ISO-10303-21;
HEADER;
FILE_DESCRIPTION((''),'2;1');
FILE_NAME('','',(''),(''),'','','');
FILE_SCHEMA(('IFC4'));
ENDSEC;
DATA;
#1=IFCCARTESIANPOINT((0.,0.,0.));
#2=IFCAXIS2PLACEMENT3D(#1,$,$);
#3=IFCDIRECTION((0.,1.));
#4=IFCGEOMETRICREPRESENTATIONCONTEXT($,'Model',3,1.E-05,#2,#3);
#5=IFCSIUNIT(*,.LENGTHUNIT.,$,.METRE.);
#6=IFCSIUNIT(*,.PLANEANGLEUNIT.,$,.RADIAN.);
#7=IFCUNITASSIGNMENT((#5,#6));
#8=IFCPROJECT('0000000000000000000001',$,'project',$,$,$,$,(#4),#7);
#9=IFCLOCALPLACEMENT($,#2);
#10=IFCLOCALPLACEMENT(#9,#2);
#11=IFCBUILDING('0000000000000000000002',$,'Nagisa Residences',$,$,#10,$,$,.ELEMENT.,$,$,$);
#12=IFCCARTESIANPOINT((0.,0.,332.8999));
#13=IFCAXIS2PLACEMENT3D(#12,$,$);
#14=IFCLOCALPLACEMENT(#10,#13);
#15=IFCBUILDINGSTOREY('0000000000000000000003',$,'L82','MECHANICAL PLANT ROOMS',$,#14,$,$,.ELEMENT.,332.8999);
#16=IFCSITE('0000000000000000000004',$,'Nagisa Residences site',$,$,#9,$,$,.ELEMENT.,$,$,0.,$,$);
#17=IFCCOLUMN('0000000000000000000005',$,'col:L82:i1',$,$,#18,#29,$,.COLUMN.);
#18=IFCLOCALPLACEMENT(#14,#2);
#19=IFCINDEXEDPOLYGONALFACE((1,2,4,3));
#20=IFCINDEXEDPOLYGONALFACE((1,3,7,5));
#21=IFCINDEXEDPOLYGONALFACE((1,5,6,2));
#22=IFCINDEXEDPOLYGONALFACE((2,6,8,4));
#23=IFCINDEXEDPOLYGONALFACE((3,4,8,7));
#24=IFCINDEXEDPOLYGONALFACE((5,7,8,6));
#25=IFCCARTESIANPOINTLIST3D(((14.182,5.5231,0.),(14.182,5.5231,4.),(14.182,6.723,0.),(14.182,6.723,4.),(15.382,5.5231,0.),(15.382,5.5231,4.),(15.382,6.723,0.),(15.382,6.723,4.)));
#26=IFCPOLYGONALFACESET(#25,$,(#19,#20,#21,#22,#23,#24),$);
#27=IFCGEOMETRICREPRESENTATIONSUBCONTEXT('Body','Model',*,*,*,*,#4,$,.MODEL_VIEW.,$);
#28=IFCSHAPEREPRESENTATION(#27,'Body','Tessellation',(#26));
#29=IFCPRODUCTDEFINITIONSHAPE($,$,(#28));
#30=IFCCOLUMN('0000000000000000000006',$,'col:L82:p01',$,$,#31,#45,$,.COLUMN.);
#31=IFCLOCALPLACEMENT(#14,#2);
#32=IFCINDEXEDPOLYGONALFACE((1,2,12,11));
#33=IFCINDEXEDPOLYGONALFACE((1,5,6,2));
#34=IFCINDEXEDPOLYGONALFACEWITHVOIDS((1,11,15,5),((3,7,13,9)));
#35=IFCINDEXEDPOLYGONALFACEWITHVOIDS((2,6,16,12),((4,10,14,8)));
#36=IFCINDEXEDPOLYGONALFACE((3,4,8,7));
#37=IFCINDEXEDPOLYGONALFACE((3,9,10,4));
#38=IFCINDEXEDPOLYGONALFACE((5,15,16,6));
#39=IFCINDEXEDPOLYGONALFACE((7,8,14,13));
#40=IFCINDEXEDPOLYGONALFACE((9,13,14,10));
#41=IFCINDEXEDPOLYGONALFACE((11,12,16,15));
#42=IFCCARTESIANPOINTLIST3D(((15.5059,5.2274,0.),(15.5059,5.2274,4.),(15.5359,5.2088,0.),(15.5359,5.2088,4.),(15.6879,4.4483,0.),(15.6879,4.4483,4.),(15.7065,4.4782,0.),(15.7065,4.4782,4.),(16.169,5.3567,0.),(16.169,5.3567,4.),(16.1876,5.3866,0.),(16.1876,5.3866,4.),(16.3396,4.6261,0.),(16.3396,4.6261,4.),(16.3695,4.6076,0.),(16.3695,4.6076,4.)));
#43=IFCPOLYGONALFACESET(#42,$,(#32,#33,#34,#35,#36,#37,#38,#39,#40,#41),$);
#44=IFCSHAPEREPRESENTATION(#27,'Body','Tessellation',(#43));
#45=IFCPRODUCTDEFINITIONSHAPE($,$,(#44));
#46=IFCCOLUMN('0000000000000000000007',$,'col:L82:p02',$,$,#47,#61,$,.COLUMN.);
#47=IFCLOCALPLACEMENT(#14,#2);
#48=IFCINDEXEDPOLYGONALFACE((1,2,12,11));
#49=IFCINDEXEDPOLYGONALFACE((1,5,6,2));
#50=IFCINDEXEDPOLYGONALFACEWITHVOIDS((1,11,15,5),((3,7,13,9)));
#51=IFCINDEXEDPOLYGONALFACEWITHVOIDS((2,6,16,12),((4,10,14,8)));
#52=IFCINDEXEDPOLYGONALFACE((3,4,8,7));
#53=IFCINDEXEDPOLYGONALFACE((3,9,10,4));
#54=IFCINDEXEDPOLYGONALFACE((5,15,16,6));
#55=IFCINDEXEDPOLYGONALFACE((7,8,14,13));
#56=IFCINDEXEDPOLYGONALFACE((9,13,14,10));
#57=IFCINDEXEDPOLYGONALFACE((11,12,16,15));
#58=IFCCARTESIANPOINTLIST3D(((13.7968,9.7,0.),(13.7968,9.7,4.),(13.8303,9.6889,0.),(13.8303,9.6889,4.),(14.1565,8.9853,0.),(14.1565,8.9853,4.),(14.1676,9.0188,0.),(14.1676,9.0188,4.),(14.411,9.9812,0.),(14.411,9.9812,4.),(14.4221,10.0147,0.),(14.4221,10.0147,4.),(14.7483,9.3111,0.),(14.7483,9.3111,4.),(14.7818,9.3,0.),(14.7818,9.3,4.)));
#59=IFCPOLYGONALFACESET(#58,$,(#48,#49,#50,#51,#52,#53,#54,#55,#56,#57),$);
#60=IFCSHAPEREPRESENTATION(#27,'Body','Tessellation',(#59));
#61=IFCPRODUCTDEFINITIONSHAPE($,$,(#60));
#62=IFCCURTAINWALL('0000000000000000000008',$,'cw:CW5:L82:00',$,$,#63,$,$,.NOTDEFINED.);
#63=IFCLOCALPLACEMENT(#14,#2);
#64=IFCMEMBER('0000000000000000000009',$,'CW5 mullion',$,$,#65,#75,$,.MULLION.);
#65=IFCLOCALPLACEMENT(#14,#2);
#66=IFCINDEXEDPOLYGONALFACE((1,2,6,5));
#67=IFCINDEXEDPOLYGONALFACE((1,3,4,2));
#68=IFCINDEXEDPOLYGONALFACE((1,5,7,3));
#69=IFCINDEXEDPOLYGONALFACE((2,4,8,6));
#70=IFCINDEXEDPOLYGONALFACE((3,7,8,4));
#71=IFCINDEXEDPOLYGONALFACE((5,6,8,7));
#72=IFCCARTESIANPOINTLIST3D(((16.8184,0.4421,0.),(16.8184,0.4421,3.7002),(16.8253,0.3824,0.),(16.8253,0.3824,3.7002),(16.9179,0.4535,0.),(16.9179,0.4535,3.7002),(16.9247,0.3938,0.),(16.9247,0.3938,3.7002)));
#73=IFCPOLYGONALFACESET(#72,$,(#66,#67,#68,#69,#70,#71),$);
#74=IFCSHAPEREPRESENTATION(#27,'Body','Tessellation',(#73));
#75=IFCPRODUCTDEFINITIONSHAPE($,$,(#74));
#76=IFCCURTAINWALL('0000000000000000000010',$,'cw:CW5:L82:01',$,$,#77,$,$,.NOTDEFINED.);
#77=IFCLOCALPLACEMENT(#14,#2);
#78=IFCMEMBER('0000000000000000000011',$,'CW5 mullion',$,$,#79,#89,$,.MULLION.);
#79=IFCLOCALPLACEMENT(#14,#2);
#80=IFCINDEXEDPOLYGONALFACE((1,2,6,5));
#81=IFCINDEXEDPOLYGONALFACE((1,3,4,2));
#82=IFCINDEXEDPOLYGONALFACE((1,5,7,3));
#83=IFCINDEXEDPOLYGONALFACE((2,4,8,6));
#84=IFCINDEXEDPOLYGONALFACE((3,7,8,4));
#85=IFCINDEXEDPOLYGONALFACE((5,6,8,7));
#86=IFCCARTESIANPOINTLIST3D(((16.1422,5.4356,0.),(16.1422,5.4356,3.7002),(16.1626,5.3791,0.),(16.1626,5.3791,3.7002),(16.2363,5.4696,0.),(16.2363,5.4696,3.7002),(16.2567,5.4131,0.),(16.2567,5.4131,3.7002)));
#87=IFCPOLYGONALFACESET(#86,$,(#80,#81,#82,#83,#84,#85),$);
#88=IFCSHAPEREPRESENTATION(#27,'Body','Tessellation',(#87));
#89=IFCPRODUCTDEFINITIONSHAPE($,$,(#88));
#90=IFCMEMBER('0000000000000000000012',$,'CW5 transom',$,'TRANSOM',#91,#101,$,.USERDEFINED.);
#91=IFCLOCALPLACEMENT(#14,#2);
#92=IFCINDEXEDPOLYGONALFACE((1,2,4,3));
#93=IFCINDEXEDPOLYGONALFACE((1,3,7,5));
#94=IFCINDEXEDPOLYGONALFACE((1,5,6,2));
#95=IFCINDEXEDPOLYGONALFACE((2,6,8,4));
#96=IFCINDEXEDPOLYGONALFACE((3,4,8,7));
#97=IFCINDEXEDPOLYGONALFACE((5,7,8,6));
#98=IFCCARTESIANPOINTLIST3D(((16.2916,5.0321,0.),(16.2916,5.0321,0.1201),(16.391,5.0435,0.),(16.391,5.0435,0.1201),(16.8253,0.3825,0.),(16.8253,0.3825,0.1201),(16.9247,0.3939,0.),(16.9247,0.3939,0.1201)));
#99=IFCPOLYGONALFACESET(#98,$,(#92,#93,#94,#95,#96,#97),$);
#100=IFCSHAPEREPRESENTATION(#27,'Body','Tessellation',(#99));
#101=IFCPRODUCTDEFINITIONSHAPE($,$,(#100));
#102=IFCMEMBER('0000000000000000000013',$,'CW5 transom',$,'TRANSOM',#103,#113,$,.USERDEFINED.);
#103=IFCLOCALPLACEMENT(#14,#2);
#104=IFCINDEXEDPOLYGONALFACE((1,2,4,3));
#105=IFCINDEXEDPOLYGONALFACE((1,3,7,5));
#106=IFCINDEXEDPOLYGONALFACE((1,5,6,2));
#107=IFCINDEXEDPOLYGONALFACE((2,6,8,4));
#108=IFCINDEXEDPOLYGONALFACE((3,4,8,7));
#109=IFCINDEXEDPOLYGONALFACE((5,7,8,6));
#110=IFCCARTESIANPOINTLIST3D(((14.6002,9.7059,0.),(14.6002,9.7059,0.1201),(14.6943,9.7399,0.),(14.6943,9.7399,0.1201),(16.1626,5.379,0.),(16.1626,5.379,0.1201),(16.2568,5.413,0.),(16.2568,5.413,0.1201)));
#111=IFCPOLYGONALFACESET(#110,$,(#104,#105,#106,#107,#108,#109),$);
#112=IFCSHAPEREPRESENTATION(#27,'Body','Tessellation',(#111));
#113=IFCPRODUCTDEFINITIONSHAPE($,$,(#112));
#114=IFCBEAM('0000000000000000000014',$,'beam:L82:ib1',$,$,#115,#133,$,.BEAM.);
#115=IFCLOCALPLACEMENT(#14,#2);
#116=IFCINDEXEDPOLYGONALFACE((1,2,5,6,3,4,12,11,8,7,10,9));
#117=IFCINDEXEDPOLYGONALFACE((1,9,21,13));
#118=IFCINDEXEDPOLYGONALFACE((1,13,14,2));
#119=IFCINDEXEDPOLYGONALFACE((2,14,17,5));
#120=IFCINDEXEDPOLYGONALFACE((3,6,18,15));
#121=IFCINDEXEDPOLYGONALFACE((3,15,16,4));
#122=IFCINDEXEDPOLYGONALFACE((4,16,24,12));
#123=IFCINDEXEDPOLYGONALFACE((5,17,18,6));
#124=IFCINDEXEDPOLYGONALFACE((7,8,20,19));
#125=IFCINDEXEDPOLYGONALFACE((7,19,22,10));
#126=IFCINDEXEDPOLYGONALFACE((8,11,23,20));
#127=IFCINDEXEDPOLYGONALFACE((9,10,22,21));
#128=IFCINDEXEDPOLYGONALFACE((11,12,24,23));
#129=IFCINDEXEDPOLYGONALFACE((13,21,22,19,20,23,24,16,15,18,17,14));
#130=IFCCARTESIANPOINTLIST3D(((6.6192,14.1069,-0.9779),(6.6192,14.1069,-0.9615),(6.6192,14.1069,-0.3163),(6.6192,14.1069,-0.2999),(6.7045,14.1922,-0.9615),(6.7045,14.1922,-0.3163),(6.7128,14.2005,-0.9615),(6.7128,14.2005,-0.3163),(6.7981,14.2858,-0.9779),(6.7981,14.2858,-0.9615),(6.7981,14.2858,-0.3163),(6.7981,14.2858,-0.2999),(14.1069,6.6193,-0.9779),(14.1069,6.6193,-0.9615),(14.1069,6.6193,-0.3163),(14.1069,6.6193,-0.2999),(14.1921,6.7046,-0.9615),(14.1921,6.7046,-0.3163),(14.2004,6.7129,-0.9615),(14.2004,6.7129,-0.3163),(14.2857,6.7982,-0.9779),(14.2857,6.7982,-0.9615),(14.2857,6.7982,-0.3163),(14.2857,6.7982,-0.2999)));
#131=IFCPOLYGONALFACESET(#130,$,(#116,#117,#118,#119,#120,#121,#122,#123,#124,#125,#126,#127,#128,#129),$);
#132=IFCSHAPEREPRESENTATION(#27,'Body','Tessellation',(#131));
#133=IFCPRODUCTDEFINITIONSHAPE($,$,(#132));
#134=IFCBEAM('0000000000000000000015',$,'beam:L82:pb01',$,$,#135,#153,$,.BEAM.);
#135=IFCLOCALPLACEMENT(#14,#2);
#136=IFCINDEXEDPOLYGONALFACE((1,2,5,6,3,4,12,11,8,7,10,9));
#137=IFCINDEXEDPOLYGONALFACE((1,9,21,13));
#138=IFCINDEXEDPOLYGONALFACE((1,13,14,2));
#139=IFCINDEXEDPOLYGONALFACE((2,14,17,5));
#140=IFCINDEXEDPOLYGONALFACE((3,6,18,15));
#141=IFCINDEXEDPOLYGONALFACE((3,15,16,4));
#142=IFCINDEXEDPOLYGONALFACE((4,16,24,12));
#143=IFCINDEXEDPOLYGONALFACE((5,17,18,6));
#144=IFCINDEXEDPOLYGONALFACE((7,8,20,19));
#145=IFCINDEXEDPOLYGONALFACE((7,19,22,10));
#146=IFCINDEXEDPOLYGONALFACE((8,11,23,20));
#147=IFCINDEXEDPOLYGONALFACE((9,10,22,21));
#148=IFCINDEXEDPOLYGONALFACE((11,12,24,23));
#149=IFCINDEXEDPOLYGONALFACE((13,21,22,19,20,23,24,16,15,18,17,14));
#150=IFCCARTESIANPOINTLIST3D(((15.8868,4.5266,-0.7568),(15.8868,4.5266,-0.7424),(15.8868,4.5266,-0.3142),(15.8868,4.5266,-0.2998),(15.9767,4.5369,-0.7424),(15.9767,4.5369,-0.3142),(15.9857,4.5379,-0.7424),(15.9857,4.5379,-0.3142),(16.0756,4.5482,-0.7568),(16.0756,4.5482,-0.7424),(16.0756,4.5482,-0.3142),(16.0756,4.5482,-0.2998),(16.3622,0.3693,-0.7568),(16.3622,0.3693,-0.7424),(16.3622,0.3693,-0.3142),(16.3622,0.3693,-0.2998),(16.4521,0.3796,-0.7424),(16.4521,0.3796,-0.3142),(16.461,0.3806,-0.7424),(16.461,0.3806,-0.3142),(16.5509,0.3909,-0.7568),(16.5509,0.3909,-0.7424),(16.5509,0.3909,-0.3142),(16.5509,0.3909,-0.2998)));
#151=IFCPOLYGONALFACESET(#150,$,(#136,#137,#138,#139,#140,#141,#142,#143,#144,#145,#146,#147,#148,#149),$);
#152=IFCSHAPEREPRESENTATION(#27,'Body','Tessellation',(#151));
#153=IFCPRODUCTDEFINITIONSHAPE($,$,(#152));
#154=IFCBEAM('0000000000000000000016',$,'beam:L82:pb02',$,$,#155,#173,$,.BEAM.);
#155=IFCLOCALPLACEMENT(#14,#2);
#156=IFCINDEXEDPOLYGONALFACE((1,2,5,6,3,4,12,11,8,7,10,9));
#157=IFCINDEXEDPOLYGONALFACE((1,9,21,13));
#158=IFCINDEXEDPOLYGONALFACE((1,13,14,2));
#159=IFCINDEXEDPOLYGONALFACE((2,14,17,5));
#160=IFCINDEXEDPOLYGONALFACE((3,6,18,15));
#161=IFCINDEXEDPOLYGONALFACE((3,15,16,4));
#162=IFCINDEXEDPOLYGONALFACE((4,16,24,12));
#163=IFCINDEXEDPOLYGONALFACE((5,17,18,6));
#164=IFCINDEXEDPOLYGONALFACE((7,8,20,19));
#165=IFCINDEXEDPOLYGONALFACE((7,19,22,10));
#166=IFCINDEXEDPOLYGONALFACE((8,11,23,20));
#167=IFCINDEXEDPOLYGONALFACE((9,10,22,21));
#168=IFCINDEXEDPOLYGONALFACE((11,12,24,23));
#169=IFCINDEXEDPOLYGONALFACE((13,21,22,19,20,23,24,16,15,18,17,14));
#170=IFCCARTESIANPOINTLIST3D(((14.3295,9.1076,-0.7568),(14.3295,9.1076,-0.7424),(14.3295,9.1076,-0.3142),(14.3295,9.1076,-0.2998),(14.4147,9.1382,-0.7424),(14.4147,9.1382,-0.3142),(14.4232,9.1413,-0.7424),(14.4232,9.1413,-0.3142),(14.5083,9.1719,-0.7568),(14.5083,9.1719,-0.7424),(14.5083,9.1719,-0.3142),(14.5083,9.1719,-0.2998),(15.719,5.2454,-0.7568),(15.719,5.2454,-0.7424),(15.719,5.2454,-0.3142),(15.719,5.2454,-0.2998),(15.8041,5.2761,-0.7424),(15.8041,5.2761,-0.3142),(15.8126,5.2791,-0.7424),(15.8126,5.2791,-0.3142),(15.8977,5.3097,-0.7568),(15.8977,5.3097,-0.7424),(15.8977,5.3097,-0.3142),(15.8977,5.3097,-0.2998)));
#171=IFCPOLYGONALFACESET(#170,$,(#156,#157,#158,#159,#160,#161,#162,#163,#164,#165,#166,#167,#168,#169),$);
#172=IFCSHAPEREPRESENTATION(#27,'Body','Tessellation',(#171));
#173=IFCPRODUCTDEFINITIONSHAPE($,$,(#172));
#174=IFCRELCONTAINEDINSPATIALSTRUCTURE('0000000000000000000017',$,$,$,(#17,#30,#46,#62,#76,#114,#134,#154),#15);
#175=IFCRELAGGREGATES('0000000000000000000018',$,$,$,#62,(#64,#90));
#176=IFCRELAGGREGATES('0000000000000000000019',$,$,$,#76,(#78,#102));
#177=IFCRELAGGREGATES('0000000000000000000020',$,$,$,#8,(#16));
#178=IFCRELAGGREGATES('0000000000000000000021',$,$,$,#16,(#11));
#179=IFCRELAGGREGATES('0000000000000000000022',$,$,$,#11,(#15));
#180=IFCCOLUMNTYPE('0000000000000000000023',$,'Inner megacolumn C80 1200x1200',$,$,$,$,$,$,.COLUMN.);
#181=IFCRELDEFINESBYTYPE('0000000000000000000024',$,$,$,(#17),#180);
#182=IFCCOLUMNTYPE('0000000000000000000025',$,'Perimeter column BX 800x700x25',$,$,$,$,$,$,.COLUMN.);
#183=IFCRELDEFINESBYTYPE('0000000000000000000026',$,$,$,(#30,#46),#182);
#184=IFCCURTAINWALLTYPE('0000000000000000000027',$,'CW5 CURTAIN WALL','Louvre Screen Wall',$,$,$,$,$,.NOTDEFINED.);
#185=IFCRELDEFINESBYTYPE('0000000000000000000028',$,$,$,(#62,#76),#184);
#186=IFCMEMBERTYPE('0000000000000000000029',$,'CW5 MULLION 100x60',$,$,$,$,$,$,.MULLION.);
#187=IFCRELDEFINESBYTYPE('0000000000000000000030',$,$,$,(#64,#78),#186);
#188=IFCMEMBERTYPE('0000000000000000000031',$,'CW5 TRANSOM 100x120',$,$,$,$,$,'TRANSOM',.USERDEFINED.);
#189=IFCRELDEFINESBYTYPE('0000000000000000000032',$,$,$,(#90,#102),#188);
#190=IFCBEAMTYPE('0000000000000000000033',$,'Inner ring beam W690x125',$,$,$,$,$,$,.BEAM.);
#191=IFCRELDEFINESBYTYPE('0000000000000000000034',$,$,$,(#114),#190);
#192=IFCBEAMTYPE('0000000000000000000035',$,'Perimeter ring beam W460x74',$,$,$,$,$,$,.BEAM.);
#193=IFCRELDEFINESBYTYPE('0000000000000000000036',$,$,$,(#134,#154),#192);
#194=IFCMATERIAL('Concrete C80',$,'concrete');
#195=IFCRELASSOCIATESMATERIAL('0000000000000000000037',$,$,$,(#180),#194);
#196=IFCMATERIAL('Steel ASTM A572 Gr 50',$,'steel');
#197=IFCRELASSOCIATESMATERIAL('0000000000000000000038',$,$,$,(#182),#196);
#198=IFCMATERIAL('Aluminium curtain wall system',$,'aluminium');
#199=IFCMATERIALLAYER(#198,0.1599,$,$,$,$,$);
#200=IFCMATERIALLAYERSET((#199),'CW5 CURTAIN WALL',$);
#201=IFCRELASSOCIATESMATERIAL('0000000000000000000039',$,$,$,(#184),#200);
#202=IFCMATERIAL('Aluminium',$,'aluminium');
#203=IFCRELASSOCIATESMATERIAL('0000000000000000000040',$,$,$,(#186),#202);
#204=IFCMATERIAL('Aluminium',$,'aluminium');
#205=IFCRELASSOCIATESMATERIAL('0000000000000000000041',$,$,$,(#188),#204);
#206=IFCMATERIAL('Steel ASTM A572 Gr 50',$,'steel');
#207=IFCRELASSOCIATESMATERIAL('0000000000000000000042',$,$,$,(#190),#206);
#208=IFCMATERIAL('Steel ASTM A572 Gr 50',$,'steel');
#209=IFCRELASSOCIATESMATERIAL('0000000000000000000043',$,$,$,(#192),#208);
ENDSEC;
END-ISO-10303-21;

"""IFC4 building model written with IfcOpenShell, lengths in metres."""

from ifc_helpers import new_model, si_unit, direction, frame, origin, origin_2d, place, context, subcontext, project, spatial, rectangle, hollow_rectangle, i_section, extrude, material, layer, layer_set, material_profile, profile_set, type_object, element, aggregate, save


model = new_model("IFC4")

# Units and contexts
model_context = context("Model", 3, precision=1e-05, world=origin(), true_north=direction((0.0, 1.0)))
body_context = subcontext(model_context, "Body", "Model", "MODEL_VIEW")
ifc_project = project(units=[si_unit("LENGTHUNIT", "METRE"), si_unit("PLANEANGLEUNIT", "RADIAN")], contexts=[model_context])

# Site, building, storey
site_placement = place(None, origin())
site = spatial("IfcSite", under=ifc_project, at=site_placement, Name="Nagisa Residences site", CompositionType="ELEMENT", RefElevation=0.0)
building_placement = place(site_placement, origin())
building = spatial("IfcBuilding", under=site, at=building_placement, Name="Nagisa Residences", CompositionType="ELEMENT")
storey_placement = place(building_placement, frame((0.0, 0.0, 332.8999)))
storey = spatial("IfcBuildingStorey", under=building, at=storey_placement, Name="L82", Description="MECHANICAL PLANT ROOMS", CompositionType="ELEMENT", Elevation=332.8999)

# Columns
ifc_material_1 = material(Name="Concrete C80", Category="concrete")
ifc_material_profile_1 = material_profile(ifc_material_1, rectangle(XDim=1.2, YDim=1.2, at=origin_2d()), Name="C80 1200x1200")
ifc_profile_set_1 = profile_set([ifc_material_profile_1], Name="Concrete C80")
column_type_1 = type_object("IfcColumnType", Name="Inner megacolumn C80 1200x1200", PredefinedType="COLUMN", material=ifc_profile_set_1)
column_placement = place(storey_placement, frame((14.782, 6.123, 0.0), z_axis=(0.0, 0.0, 1.0), x_axis=(1.0, 0.0, 0.0)))
element("IfcColumn", 1, at=column_placement, inside=storey, type_object=column_type_1, Name="col:L82:i1", PredefinedType="COLUMN", context=body_context, shape_type="SweptSolid", body=[
    extrude(rectangle(XDim=1.2, YDim=1.2, at=origin_2d()), origin(), (0.0, 0.0, 1.0), 4.0),
])
ifc_material_2 = material(Name="Steel ASTM A572 Gr 50", Category="steel")
ifc_material_profile_2 = material_profile(ifc_material_2, hollow_rectangle(XDim=0.8, YDim=0.7, WallThickness=0.0249, at=origin_2d()), Name="BX 800x700x25")
ifc_profile_set_2 = profile_set([ifc_material_profile_2], Name="Steel ASTM A572 Gr 50")
column_type_2 = type_object("IfcColumnType", Name="Perimeter column BX 800x700x25", PredefinedType="COLUMN", material=ifc_profile_set_2)
for number, where, z_axis, x_axis, name in (
    (2, (15.9377, 4.9175, 0.0), (0.0, 0.0, 1.0), (-0.227473, 0.973784, 0.0), "col:L82:p01"),
    (3, (14.2893, 9.5, 0.0), (0.0, 0.0, 1.0), (-0.449592, 0.893234, 0.0), "col:L82:p02"),
):
    element("IfcColumn", number, at=place(storey_placement, frame(where, z_axis=z_axis, x_axis=x_axis)), inside=storey, type_object=column_type_2, Name=name, PredefinedType="COLUMN", context=body_context, shape_type="SweptSolid", body=[
        extrude(hollow_rectangle(XDim=0.8, YDim=0.7, WallThickness=0.0249, at=origin_2d()), origin(), (0.0, 0.0, 1.0), 4.0),
    ])

# Curtain walls, members
ifc_material_3 = material(Name="Aluminium curtain wall system", Category="aluminium")
ifc_layer_1 = layer(ifc_material_3, 0.1599)
ifc_layer_set_1 = layer_set([ifc_layer_1], Name="CW5 CURTAIN WALL")
curtain_wall_type = type_object("IfcCurtainWallType", Name="CW5 CURTAIN WALL", Description="Louvre Screen Wall", PredefinedType="NOTDEFINED", material=ifc_layer_set_1)
curtain_wall_1_placement = place(storey_placement, origin())
curtain_wall_1 = element("IfcCurtainWall", 4, at=curtain_wall_1_placement, inside=storey, type_object=curtain_wall_type, Name="cw:CW5:L82:00", PredefinedType="NOTDEFINED")
ifc_material_4 = material(Name="Aluminium", Category="aluminium")
ifc_material_profile_3 = material_profile(ifc_material_4, rectangle(XDim=0.1001, YDim=0.0601, at=origin_2d()), Name="CW5 MULLION 100x60")
ifc_profile_set_3 = profile_set([ifc_material_profile_3], Name="Aluminium")
member_type_1 = type_object("IfcMemberType", Name="CW5 MULLION 100x60", PredefinedType="MULLION", material=ifc_profile_set_3)
member_1_placement = place(storey_placement, frame((16.8716, 0.418, 0.0), z_axis=(0.0, 0.0, 1.0), x_axis=(-0.993478, -0.114025, 0.0)))
member_1 = element("IfcMember", 5, at=member_1_placement, type_object=member_type_1, Name="CW5 mullion", PredefinedType="MULLION", context=body_context, shape_type="SweptSolid", body=[
    extrude(rectangle(XDim=0.1001, YDim=0.0601, at=origin_2d()), origin(), (0.0, 0.0, 1.0), 3.7002),
])
curtain_wall_2_placement = place(storey_placement, origin())
curtain_wall_2 = element("IfcCurtainWall", 6, at=curtain_wall_2_placement, inside=storey, type_object=curtain_wall_type, Name="cw:CW5:L82:01", PredefinedType="NOTDEFINED")
member_2_placement = place(storey_placement, frame((16.1995, 5.4243, 0.0), z_axis=(0.0, 0.0, 1.0), x_axis=(-0.940554, -0.339643, 0.0)))
member_2 = element("IfcMember", 7, at=member_2_placement, type_object=member_type_1, Name="CW5 mullion", PredefinedType="MULLION", context=body_context, shape_type="SweptSolid", body=[
    extrude(rectangle(XDim=0.1001, YDim=0.0601, at=origin_2d()), origin(), (0.0, 0.0, 1.0), 3.7002),
])

# Members
ifc_material_5 = material(Name="Aluminium", Category="aluminium")
ifc_material_profile_4 = material_profile(ifc_material_5, rectangle(XDim=0.1001, YDim=0.1201, at=origin_2d()), Name="CW5 TRANSOM 100x120")
ifc_profile_set_4 = profile_set([ifc_material_profile_4], Name="Aluminium")
member_type_2 = type_object("IfcMemberType", Name="CW5 TRANSOM 100x120", ElementType="TRANSOM", PredefinedType="USERDEFINED", material=ifc_profile_set_4)
member_3_placement = place(storey_placement, frame((16.875, 0.3882, 0.0601), z_axis=(-0.114032, 0.993477, 0.0), x_axis=(-0.993477, -0.114032, 0.0)))
member_3 = element("IfcMember", 8, at=member_3_placement, type_object=member_type_2, Name="CW5 transom", ObjectType="TRANSOM", PredefinedType="USERDEFINED", context=body_context, shape_type="SweptSolid", body=[
    extrude(rectangle(XDim=0.1001, YDim=0.1201, at=origin_2d()), origin(), (0.0, 0.0, 1.0), 4.6802),
])
member_4_placement = place(storey_placement, frame((16.2097, 5.396, 0.0601), z_axis=(-0.339646, 0.940553, 0.0), x_axis=(-0.940553, -0.339646, 0.0)))
member_4 = element("IfcMember", 9, at=member_4_placement, type_object=member_type_2, Name="CW5 transom", ObjectType="TRANSOM", PredefinedType="USERDEFINED", context=body_context, shape_type="SweptSolid", body=[
    extrude(rectangle(XDim=0.1001, YDim=0.1201, at=origin_2d()), origin(), (0.0, 0.0, 1.0), 4.6003),
])

# Beams
ifc_material_6 = material(Name="Steel ASTM A572 Gr 50", Category="steel")
ifc_material_profile_5 = material_profile(ifc_material_6, i_section(OverallWidth=0.2529, OverallDepth=0.678, WebThickness=0.0117, FlangeThickness=0.0164, at=origin_2d()), Name="W690x125")
ifc_profile_set_5 = profile_set([ifc_material_profile_5], Name="Steel ASTM A572 Gr 50")
beam_type_1 = type_object("IfcBeamType", Name="Inner ring beam W690x125", PredefinedType="BEAM", material=ifc_profile_set_5)
beam_1_placement = place(storey_placement, frame((14.1963, 6.7087, -0.6389), z_axis=(-0.707107, 0.707107, 0.0), x_axis=(-0.707107, -0.707107, 0.0)))
element("IfcBeam", 10, at=beam_1_placement, inside=storey, type_object=beam_type_1, Name="beam:L82:ib1", PredefinedType="BEAM", context=body_context, shape_type="SweptSolid", body=[
    extrude(i_section(OverallWidth=0.2529, OverallDepth=0.678, WebThickness=0.0117, FlangeThickness=0.0164, at=origin_2d()), origin(), (0.0, 0.0, 1.0), 10.5891),
])
ifc_material_7 = material(Name="Steel ASTM A572 Gr 50", Category="steel")
ifc_material_profile_6 = material_profile(ifc_material_7, i_section(OverallWidth=0.1899, OverallDepth=0.457, WebThickness=0.009, FlangeThickness=0.0144, at=origin_2d()), Name="W460x74")
ifc_profile_set_6 = profile_set([ifc_material_profile_6], Name="Steel ASTM A572 Gr 50")
beam_type_2 = type_object("IfcBeamType", Name="Perimeter ring beam W460x74", PredefinedType="BEAM", material=ifc_profile_set_6)
beam_2_placement = place(storey_placement, frame((16.4565, 0.3801, -0.5283), z_axis=(-0.113601, 0.993526, 0.0), x_axis=(-0.993526, -0.113601, 0.0)))
element("IfcBeam", 11, at=beam_2_placement, inside=storey, type_object=beam_type_2, Name="beam:L82:pb01", PredefinedType="BEAM", context=body_context, shape_type="SweptSolid", body=[
    extrude(i_section(OverallWidth=0.1899, OverallDepth=0.457, WebThickness=0.009, FlangeThickness=0.0144, at=origin_2d()), origin(), (0.0, 0.0, 1.0), 4.1843),
])
beam_3_placement = place(storey_placement, frame((15.8083, 5.2776, -0.5283), z_axis=(-0.338517, 0.94096, 0.0), x_axis=(-0.94096, -0.338517, 0.0)))
element("IfcBeam", 12, at=beam_3_placement, inside=storey, type_object=beam_type_2, Name="beam:L82:pb02", PredefinedType="BEAM", context=body_context, shape_type="SweptSolid", body=[
    extrude(i_section(OverallWidth=0.1899, OverallDepth=0.457, WebThickness=0.009, FlangeThickness=0.0144, at=origin_2d()), origin(), (0.0, 0.0, 1.0), 4.1045),
])

aggregate(curtain_wall_1, [member_1, member_3])
aggregate(curtain_wall_2, [member_2, member_4])

save(model, "model.ifc")
